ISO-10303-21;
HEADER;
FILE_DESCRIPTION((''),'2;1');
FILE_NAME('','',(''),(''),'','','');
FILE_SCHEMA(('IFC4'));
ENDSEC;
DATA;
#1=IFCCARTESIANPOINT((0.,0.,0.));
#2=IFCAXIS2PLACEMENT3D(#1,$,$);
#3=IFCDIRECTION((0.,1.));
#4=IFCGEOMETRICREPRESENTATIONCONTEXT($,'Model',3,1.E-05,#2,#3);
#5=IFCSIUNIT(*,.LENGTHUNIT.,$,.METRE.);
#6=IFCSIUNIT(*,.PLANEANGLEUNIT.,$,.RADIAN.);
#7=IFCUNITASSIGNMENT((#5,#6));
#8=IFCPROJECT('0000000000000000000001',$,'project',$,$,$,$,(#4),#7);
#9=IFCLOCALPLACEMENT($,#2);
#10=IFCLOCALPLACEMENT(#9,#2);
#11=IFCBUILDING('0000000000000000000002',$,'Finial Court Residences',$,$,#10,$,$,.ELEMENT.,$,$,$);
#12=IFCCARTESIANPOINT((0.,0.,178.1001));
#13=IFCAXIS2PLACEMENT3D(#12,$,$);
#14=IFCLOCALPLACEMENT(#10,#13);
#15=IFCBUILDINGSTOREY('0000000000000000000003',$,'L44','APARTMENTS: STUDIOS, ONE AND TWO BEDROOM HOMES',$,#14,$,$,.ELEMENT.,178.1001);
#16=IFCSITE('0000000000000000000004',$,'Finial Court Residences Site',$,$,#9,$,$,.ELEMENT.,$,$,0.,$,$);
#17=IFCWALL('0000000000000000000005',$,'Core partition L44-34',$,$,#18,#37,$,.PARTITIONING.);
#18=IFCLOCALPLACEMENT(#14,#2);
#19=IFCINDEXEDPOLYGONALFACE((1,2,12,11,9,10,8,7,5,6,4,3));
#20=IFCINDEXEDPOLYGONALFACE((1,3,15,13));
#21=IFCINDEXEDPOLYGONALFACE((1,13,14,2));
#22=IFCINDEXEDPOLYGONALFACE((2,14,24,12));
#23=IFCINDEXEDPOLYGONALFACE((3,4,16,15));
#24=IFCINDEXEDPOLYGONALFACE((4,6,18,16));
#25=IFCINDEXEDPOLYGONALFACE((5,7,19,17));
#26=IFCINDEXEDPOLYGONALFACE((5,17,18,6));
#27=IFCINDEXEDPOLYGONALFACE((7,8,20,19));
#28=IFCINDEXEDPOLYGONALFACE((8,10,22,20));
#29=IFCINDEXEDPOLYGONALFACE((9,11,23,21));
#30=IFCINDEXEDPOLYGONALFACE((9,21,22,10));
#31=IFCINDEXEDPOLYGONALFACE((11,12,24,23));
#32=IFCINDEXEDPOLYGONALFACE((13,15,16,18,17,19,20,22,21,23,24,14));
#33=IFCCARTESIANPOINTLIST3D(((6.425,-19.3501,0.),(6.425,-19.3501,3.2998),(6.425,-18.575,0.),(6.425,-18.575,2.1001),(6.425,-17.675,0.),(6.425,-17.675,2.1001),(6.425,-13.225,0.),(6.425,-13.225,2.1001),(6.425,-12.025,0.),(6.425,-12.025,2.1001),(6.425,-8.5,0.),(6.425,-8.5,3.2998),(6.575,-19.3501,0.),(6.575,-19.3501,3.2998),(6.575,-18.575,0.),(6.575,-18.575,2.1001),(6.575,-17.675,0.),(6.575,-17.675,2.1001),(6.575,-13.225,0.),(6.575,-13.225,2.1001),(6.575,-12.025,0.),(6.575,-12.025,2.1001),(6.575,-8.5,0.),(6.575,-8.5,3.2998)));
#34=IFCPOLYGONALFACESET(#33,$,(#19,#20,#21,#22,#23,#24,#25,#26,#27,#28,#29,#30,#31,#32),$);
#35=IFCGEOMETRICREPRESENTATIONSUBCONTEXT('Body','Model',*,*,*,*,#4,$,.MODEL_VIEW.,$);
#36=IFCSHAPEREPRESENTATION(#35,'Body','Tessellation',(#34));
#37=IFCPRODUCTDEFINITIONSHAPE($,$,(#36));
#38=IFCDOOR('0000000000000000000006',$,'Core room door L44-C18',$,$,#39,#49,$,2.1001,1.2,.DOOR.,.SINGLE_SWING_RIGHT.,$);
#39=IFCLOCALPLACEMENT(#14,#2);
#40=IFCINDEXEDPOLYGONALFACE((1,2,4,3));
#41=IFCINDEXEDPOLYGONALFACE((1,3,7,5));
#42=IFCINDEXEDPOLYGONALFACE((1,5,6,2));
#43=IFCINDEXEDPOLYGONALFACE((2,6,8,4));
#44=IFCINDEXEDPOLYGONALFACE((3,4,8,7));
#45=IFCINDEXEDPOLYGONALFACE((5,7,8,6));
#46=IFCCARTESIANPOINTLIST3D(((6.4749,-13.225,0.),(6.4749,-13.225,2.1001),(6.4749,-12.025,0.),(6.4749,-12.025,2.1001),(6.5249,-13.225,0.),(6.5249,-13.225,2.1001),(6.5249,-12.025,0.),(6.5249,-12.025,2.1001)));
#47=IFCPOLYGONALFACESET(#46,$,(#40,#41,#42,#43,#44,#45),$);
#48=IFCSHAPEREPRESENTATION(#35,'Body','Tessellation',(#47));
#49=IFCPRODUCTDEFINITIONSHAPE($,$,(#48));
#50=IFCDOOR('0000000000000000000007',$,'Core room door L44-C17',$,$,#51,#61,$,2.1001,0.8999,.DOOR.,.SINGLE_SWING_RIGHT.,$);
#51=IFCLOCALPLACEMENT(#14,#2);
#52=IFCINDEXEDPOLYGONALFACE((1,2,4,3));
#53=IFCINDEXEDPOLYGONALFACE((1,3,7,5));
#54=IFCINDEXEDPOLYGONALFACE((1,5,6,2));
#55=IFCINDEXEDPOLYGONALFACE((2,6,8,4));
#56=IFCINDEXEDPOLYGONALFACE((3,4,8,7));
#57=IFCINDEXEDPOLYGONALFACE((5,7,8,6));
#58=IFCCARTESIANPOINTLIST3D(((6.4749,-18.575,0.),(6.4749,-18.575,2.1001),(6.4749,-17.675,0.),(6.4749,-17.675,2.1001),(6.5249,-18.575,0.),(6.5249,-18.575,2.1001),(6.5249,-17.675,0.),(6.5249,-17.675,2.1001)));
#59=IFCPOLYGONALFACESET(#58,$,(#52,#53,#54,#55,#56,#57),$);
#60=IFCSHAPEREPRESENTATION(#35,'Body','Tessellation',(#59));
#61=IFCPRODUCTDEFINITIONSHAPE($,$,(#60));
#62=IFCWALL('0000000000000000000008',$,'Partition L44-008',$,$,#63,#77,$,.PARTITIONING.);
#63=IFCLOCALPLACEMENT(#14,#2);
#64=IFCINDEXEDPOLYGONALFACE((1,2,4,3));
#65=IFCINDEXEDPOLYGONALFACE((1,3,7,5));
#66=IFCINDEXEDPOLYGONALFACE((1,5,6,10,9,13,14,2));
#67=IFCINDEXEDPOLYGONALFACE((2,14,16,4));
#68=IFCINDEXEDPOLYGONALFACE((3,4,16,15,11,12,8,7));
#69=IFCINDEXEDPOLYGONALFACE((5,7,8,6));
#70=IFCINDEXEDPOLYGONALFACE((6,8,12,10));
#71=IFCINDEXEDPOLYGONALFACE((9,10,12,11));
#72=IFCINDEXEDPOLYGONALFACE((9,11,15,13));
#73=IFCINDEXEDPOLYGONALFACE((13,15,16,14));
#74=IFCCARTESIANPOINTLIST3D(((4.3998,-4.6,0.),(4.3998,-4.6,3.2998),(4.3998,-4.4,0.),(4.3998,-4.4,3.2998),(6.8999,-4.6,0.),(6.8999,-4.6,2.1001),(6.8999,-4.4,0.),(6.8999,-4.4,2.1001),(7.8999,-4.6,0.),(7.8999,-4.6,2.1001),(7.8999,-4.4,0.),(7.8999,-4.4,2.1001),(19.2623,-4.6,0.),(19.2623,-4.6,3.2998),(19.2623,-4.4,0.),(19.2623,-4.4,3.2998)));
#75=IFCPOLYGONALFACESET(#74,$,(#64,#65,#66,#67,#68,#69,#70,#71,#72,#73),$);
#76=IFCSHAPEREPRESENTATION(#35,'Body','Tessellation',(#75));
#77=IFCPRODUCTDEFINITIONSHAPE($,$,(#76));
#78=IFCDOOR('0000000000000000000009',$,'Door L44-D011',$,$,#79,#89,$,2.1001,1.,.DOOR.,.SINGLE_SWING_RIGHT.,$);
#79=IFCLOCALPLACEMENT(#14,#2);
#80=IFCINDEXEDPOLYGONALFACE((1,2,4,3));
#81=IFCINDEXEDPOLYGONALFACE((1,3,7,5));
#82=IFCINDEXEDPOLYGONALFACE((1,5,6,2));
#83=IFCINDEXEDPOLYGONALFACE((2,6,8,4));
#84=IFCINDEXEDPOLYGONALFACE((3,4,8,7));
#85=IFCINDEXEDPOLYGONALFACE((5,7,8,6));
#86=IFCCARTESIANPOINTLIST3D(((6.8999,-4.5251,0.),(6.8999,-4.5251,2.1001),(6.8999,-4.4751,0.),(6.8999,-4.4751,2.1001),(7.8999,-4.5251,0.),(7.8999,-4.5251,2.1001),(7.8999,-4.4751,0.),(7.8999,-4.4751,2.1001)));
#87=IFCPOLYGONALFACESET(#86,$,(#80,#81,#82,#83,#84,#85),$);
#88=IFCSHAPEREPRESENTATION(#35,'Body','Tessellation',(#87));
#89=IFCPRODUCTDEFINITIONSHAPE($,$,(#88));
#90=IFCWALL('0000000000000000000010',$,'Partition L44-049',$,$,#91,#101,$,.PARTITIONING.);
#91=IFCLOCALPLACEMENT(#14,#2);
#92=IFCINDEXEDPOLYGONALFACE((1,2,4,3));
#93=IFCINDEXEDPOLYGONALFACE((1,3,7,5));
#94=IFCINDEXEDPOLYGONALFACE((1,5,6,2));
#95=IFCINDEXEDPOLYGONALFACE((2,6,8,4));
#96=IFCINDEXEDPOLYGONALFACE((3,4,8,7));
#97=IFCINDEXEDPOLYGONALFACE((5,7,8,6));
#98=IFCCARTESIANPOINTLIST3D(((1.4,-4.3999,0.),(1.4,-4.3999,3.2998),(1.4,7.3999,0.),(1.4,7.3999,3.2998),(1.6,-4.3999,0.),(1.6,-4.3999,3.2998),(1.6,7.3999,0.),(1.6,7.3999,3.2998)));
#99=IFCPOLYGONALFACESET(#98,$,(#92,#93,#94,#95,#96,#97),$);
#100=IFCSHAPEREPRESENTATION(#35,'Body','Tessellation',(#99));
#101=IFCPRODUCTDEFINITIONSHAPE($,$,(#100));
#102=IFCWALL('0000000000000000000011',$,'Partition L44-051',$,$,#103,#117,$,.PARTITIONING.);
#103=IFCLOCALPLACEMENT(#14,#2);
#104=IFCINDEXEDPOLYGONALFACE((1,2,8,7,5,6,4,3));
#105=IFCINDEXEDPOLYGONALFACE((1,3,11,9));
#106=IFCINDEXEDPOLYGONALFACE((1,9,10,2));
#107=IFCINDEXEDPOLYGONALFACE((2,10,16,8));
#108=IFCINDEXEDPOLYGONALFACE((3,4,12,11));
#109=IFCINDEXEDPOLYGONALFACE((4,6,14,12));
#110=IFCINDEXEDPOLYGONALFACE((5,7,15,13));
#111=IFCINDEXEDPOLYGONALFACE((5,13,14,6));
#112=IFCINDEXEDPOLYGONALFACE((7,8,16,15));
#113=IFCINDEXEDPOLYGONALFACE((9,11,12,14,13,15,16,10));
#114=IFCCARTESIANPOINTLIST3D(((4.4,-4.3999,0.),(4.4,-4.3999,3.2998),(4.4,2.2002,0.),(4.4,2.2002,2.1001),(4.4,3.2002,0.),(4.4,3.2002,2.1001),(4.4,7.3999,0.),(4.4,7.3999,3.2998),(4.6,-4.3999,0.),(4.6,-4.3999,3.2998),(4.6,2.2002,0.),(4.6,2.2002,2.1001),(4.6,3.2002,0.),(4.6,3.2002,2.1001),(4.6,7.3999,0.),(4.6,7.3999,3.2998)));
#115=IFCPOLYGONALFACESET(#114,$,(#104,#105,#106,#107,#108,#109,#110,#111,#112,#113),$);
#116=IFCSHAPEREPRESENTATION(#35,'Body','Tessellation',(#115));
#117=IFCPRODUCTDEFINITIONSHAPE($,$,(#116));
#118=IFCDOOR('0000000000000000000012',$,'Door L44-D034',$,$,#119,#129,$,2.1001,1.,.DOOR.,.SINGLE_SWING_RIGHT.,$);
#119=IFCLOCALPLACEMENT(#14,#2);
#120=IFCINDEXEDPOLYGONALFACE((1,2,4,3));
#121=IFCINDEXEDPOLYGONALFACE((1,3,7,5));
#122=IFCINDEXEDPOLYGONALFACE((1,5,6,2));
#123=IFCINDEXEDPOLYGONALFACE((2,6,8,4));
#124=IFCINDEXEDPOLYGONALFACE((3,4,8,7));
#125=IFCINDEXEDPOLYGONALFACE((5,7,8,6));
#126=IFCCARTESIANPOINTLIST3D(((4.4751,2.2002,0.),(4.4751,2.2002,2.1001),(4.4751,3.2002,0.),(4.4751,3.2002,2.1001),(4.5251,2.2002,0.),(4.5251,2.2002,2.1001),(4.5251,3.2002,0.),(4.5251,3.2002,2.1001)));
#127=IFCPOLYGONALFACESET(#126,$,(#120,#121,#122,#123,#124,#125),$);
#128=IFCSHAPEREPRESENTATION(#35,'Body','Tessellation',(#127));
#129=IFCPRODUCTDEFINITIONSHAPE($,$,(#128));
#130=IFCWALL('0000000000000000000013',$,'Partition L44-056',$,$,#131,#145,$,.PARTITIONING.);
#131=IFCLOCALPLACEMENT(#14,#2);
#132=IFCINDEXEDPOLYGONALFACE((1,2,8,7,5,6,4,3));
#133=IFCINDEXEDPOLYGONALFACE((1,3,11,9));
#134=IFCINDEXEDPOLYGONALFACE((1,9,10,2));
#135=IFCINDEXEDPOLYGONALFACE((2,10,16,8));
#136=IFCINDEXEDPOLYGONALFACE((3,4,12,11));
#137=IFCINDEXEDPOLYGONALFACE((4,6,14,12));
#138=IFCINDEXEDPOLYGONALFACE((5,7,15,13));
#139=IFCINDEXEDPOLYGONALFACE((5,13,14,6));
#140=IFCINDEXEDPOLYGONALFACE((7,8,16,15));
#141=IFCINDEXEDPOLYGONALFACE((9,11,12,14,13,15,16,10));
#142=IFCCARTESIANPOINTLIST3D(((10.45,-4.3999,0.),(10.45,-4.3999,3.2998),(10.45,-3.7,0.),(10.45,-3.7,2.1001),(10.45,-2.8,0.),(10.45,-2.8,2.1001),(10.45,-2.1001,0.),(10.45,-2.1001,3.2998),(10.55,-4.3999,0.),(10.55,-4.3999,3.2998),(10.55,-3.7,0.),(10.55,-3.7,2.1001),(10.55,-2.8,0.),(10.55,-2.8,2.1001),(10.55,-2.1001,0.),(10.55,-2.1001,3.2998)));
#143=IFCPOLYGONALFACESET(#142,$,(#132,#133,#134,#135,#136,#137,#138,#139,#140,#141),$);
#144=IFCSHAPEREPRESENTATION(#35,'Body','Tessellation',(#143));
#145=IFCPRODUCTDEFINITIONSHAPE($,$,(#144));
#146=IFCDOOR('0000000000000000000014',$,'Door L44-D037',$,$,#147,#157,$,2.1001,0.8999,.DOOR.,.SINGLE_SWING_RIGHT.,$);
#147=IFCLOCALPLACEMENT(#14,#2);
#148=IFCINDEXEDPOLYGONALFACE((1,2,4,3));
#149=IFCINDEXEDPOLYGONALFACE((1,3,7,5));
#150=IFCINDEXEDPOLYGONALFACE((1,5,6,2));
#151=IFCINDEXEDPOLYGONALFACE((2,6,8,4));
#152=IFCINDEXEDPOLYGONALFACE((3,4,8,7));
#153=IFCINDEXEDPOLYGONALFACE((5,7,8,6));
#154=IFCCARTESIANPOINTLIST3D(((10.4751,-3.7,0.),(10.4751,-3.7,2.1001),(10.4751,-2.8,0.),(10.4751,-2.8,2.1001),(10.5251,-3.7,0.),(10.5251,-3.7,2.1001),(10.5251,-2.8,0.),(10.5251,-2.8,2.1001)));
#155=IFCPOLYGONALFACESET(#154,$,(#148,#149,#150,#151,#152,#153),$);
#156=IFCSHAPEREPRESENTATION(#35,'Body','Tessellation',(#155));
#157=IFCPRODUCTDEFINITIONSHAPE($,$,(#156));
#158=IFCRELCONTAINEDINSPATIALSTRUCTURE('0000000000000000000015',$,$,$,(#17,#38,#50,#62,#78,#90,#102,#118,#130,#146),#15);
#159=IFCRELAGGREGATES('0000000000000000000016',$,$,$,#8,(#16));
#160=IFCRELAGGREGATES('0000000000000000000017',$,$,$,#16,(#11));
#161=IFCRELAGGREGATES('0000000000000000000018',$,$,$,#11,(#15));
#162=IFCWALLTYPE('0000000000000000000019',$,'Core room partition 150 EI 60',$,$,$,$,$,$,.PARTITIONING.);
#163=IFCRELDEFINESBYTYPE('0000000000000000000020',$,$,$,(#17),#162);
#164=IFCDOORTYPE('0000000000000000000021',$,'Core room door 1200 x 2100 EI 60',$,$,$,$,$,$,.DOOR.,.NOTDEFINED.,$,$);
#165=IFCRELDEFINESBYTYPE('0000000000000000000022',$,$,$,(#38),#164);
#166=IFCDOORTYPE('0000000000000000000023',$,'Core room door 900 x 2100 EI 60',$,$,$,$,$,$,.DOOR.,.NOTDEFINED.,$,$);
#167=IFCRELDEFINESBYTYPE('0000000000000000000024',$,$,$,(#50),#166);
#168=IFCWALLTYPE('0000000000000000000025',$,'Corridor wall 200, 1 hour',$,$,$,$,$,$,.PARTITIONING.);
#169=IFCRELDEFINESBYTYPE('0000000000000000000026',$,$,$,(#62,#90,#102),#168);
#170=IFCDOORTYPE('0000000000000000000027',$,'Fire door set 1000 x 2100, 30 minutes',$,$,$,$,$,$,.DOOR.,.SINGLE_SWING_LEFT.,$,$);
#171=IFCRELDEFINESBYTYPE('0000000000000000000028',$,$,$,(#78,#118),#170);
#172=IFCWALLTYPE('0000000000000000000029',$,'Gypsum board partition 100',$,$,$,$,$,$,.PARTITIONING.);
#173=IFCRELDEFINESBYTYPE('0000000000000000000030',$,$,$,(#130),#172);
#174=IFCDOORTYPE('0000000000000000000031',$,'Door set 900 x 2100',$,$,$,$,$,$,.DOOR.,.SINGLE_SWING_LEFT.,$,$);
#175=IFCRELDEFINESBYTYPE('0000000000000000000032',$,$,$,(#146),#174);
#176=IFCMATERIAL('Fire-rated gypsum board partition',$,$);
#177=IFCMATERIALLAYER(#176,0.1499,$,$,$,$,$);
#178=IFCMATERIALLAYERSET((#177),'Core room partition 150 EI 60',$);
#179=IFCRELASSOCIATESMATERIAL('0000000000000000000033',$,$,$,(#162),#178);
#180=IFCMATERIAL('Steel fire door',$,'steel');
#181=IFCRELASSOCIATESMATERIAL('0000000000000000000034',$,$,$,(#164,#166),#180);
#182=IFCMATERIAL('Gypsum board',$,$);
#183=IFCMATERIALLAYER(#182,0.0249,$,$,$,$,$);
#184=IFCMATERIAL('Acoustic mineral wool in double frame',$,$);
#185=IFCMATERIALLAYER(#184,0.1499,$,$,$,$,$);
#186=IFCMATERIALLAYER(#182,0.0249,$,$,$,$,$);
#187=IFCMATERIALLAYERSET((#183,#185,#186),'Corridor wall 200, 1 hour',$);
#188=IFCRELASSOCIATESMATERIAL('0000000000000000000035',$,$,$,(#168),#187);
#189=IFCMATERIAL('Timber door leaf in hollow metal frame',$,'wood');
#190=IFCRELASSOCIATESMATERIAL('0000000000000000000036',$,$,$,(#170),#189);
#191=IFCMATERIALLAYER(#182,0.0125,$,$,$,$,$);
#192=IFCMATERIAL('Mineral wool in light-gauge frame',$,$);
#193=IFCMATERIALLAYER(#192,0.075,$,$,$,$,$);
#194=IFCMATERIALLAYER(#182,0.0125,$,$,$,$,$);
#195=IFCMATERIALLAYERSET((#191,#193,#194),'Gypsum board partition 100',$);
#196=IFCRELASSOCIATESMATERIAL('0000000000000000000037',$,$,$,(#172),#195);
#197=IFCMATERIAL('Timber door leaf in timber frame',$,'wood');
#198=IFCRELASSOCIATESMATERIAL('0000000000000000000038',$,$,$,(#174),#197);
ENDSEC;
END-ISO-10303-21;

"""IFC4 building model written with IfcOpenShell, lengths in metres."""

from ifc_helpers import new_model, si_unit, direction, frame, frame_2d, origin, place, context, subcontext, project, spatial, rectangle, extrude, material, layer, layer_set, type_object, element, fill, save


model = new_model("IFC4")

# Units and contexts
model_context = context("Model", 3, precision=1e-05, world=origin(), true_north=direction((0.0, 1.0)))
body_context = subcontext(model_context, "Body", "Model", "MODEL_VIEW")
ifc_project = project(units=[si_unit("LENGTHUNIT", "METRE"), si_unit("PLANEANGLEUNIT", "RADIAN")], contexts=[model_context])

# Site, building, storey
site_placement = place(None, origin())
site = spatial("IfcSite", under=ifc_project, at=site_placement, Name="Finial Court Residences Site", CompositionType="ELEMENT", RefElevation=0.0)
building_placement = place(site_placement, origin())
building = spatial("IfcBuilding", under=site, at=building_placement, Name="Finial Court Residences", CompositionType="ELEMENT")
storey_placement = place(building_placement, frame((0.0, 0.0, 178.1001)))
storey = spatial("IfcBuildingStorey", under=building, at=storey_placement, Name="L44", Description="APARTMENTS: STUDIOS, ONE AND TWO BEDROOM HOMES", CompositionType="ELEMENT", Elevation=178.1001)

# Shared definitions
ifc_material_1 = material(Name="Fire-rated gypsum board partition")
ifc_layer_1 = layer(ifc_material_1, 0.1499)
ifc_layer_set_1 = layer_set([ifc_layer_1], Name="Core room partition 150 EI 60")
wall_type_1 = type_object("IfcWallType", Name="Core room partition 150 EI 60", PredefinedType="PARTITIONING", material=ifc_layer_set_1)

# Wall, openings, doors
wall_1_placement = place(storey_placement, frame((6.5, -8.5, 0.0), z_axis=(0.0, 0.0, 1.0), x_axis=(0.0, -1.0, 0.0)))
wall_1 = element("IfcWall", 1, at=wall_1_placement, inside=storey, type_object=wall_type_1, Name="Core partition L44-34", PredefinedType="PARTITIONING", context=body_context, shape_type="SweptSolid", body=[
    extrude(rectangle(XDim=10.8501, YDim=0.1499, at=frame_2d((5.425, 0.0))), origin(), (0.0, 0.0, 1.0), 3.2998),
])
opening_1_placement = place(wall_1_placement, frame((9.175, 0.0, 0.0)))
opening_1 = element("IfcOpeningElement", 2, at=opening_1_placement, cuts=wall_1, PredefinedType="OPENING", context=body_context, shape_type="SweptSolid", body=[
    extrude(rectangle(XDim=0.8999, YDim=2.1001, at=frame_2d((0.45, 1.05))), frame((0.0, 0.085, 0.0), z_axis=(0.0, -1.0, 0.0), x_axis=(1.0, 0.0, 0.0)), (0.0, 0.0, 1.0), 0.1699),
])
opening_2_placement = place(wall_1_placement, frame((3.5249, 0.0, 0.0)))
opening_2 = element("IfcOpeningElement", 3, at=opening_2_placement, cuts=wall_1, PredefinedType="OPENING", context=body_context, shape_type="SweptSolid", body=[
    extrude(rectangle(XDim=1.2, YDim=2.1001, at=frame_2d((0.6001, 1.05))), frame((0.0, 0.085, 0.0), z_axis=(0.0, -1.0, 0.0), x_axis=(1.0, 0.0, 0.0)), (0.0, 0.0, 1.0), 0.1699),
])
ifc_material_2 = material(Name="Steel fire door", Category="steel")
door_type_1 = type_object("IfcDoorType", Name="Core room door 1200 x 2100 EI 60", OperationType="NOTDEFINED", PredefinedType="DOOR", material=ifc_material_2)
door_1_placement = place(opening_2_placement, origin())
door_1 = element("IfcDoor", 4, at=door_1_placement, inside=storey, type_object=door_type_1, Name="Core room door L44-C18", OperationType="SINGLE_SWING_RIGHT", OverallHeight=2.1001, OverallWidth=1.2, PredefinedType="DOOR", context=body_context, shape_type="SweptSolid", body=[
    extrude(rectangle(XDim=1.2, YDim=2.1001, at=frame_2d((0.6001, 1.05))), frame((0.0, 0.0249, 0.0), z_axis=(0.0, -1.0, 0.0), x_axis=(1.0, 0.0, 0.0)), (0.0, 0.0, 1.0), 0.05),
])
fill(opening_2, door_1)
door_type_2 = type_object("IfcDoorType", Name="Core room door 900 x 2100 EI 60", OperationType="NOTDEFINED", PredefinedType="DOOR", material=ifc_material_2)
door_2_placement = place(opening_1_placement, origin())
door_2 = element("IfcDoor", 5, at=door_2_placement, inside=storey, type_object=door_type_2, Name="Core room door L44-C17", OperationType="SINGLE_SWING_RIGHT", OverallHeight=2.1001, OverallWidth=0.8999, PredefinedType="DOOR", context=body_context, shape_type="SweptSolid", body=[
    extrude(rectangle(XDim=0.8999, YDim=2.1001, at=frame_2d((0.45, 1.05))), frame((0.0, 0.0249, 0.0), z_axis=(0.0, -1.0, 0.0), x_axis=(1.0, 0.0, 0.0)), (0.0, 0.0, 1.0), 0.05),
])
fill(opening_1, door_2)

# Wall, opening, door
ifc_material_3 = material(Name="Gypsum board")
ifc_layer_2 = layer(ifc_material_3, 0.0249)
ifc_material_4 = material(Name="Acoustic mineral wool in double frame")
ifc_layer_3 = layer(ifc_material_4, 0.1499)
ifc_layer_4 = layer(ifc_material_3, 0.0249)
ifc_layer_set_2 = layer_set([ifc_layer_2, ifc_layer_3, ifc_layer_4], Name="Corridor wall 200, 1 hour")
wall_type_2 = type_object("IfcWallType", Name="Corridor wall 200, 1 hour", PredefinedType="PARTITIONING", material=ifc_layer_set_2)
wall_2_placement = place(storey_placement, frame((4.3999, -4.5, 0.0), z_axis=(0.0, 0.0, 1.0), x_axis=(1.0, 0.0, 0.0)))
wall_2 = element("IfcWall", 6, at=wall_2_placement, inside=storey, type_object=wall_type_2, Name="Partition L44-008", PredefinedType="PARTITIONING", context=body_context, shape_type="SweptSolid", body=[
    extrude(rectangle(XDim=14.8625, YDim=0.2, at=frame_2d((7.4312, 0.0))), origin(), (0.0, 0.0, 1.0), 3.2998),
])
opening_3_placement = place(wall_2_placement, frame((2.5, 0.0, 0.0)))
opening_3 = element("IfcOpeningElement", 7, at=opening_3_placement, cuts=wall_2, PredefinedType="OPENING", context=body_context, shape_type="SweptSolid", body=[
    extrude(rectangle(XDim=1.0, YDim=2.1001, at=frame_2d((0.5, 1.05))), frame((0.0, 0.1099, 0.0), z_axis=(0.0, -1.0, 0.0), x_axis=(1.0, 0.0, 0.0)), (0.0, 0.0, 1.0), 0.22),
])
ifc_material_5 = material(Name="Timber door leaf in hollow metal frame", Category="wood")
door_type_3 = type_object("IfcDoorType", Name="Fire door set 1000 x 2100, 30 minutes", OperationType="SINGLE_SWING_LEFT", PredefinedType="DOOR", material=ifc_material_5)
door_3_placement = place(opening_3_placement, origin())
door_3 = element("IfcDoor", 8, at=door_3_placement, inside=storey, type_object=door_type_3, Name="Door L44-D011", OperationType="SINGLE_SWING_RIGHT", OverallHeight=2.1001, OverallWidth=1.0, PredefinedType="DOOR", context=body_context, shape_type="SweptSolid", body=[
    extrude(rectangle(XDim=1.0, YDim=2.1001, at=frame_2d((0.5, 1.05))), frame((0.0, 0.0249, 0.0), z_axis=(0.0, -1.0, 0.0), x_axis=(1.0, 0.0, 0.0)), (0.0, 0.0, 1.0), 0.05),
])
fill(opening_3, door_3)

# Wall
wall_3_placement = place(storey_placement, frame((1.5, -4.3999, 0.0), z_axis=(0.0, 0.0, 1.0), x_axis=(0.0, 1.0, 0.0)))
element("IfcWall", 9, at=wall_3_placement, inside=storey, type_object=wall_type_2, Name="Partition L44-049", PredefinedType="PARTITIONING", context=body_context, shape_type="SweptSolid", body=[
    extrude(rectangle(XDim=11.7998, YDim=0.2, at=frame_2d((5.8999, 0.0))), origin(), (0.0, 0.0, 1.0), 3.2998),
])

# Walls, openings, doors
wall_4_placement = place(storey_placement, frame((4.5, -4.3999, 0.0), z_axis=(0.0, 0.0, 1.0), x_axis=(0.0, 1.0, 0.0)))
wall_4 = element("IfcWall", 10, at=wall_4_placement, inside=storey, type_object=wall_type_2, Name="Partition L44-051", PredefinedType="PARTITIONING", context=body_context, shape_type="SweptSolid", body=[
    extrude(rectangle(XDim=11.7998, YDim=0.2, at=frame_2d((5.8999, 0.0))), origin(), (0.0, 0.0, 1.0), 3.2998),
])
opening_4_placement = place(wall_4_placement, frame((6.6001, 0.0, 0.0)))
opening_4 = element("IfcOpeningElement", 11, at=opening_4_placement, cuts=wall_4, PredefinedType="OPENING", context=body_context, shape_type="SweptSolid", body=[
    extrude(rectangle(XDim=1.0, YDim=2.1001, at=frame_2d((0.5, 1.05))), frame((0.0, 0.1099, 0.0), z_axis=(0.0, -1.0, 0.0), x_axis=(1.0, 0.0, 0.0)), (0.0, 0.0, 1.0), 0.22),
])
door_4_placement = place(opening_4_placement, origin())
door_4 = element("IfcDoor", 12, at=door_4_placement, inside=storey, type_object=door_type_3, Name="Door L44-D034", OperationType="SINGLE_SWING_RIGHT", OverallHeight=2.1001, OverallWidth=1.0, PredefinedType="DOOR", context=body_context, shape_type="SweptSolid", body=[
    extrude(rectangle(XDim=1.0, YDim=2.1001, at=frame_2d((0.5, 1.05))), frame((0.0, 0.0249, 0.0), z_axis=(0.0, -1.0, 0.0), x_axis=(1.0, 0.0, 0.0)), (0.0, 0.0, 1.0), 0.05),
])
fill(opening_4, door_4)
ifc_layer_5 = layer(ifc_material_3, 0.0125)
ifc_material_6 = material(Name="Mineral wool in light-gauge frame")
ifc_layer_6 = layer(ifc_material_6, 0.075)
ifc_layer_7 = layer(ifc_material_3, 0.0125)
ifc_layer_set_3 = layer_set([ifc_layer_5, ifc_layer_6, ifc_layer_7], Name="Gypsum board partition 100")
wall_type_3 = type_object("IfcWallType", Name="Gypsum board partition 100", PredefinedType="PARTITIONING", material=ifc_layer_set_3)
wall_5_placement = place(storey_placement, frame((10.5, -4.3999, 0.0), z_axis=(0.0, 0.0, 1.0), x_axis=(0.0, 1.0, 0.0)))
wall_5 = element("IfcWall", 13, at=wall_5_placement, inside=storey, type_object=wall_type_3, Name="Partition L44-056", PredefinedType="PARTITIONING", context=body_context, shape_type="SweptSolid", body=[
    extrude(rectangle(XDim=2.2998, YDim=0.1001, at=frame_2d((1.1499, 0.0))), origin(), (0.0, 0.0, 1.0), 3.2998),
])
opening_5_placement = place(wall_5_placement, frame((0.7, 0.0, 0.0)))
opening_5 = element("IfcOpeningElement", 14, at=opening_5_placement, cuts=wall_5, PredefinedType="OPENING", context=body_context, shape_type="SweptSolid", body=[
    extrude(rectangle(XDim=0.8999, YDim=2.1001, at=frame_2d((0.45, 1.05))), frame((0.0, 0.0601, 0.0), z_axis=(0.0, -1.0, 0.0), x_axis=(1.0, 0.0, 0.0)), (0.0, 0.0, 1.0), 0.1201),
])
ifc_material_7 = material(Name="Timber door leaf in timber frame", Category="wood")
door_type_4 = type_object("IfcDoorType", Name="Door set 900 x 2100", OperationType="SINGLE_SWING_LEFT", PredefinedType="DOOR", material=ifc_material_7)
door_5_placement = place(opening_5_placement, origin())
door_5 = element("IfcDoor", 15, at=door_5_placement, inside=storey, type_object=door_type_4, Name="Door L44-D037", OperationType="SINGLE_SWING_RIGHT", OverallHeight=2.1001, OverallWidth=0.8999, PredefinedType="DOOR", context=body_context, shape_type="SweptSolid", body=[
    extrude(rectangle(XDim=0.8999, YDim=2.1001, at=frame_2d((0.45, 1.05))), frame((0.0, 0.0249, 0.0), z_axis=(0.0, -1.0, 0.0), x_axis=(1.0, 0.0, 0.0)), (0.0, 0.0, 1.0), 0.05),
])
fill(opening_5, door_5)

save(model, "model.ifc")
